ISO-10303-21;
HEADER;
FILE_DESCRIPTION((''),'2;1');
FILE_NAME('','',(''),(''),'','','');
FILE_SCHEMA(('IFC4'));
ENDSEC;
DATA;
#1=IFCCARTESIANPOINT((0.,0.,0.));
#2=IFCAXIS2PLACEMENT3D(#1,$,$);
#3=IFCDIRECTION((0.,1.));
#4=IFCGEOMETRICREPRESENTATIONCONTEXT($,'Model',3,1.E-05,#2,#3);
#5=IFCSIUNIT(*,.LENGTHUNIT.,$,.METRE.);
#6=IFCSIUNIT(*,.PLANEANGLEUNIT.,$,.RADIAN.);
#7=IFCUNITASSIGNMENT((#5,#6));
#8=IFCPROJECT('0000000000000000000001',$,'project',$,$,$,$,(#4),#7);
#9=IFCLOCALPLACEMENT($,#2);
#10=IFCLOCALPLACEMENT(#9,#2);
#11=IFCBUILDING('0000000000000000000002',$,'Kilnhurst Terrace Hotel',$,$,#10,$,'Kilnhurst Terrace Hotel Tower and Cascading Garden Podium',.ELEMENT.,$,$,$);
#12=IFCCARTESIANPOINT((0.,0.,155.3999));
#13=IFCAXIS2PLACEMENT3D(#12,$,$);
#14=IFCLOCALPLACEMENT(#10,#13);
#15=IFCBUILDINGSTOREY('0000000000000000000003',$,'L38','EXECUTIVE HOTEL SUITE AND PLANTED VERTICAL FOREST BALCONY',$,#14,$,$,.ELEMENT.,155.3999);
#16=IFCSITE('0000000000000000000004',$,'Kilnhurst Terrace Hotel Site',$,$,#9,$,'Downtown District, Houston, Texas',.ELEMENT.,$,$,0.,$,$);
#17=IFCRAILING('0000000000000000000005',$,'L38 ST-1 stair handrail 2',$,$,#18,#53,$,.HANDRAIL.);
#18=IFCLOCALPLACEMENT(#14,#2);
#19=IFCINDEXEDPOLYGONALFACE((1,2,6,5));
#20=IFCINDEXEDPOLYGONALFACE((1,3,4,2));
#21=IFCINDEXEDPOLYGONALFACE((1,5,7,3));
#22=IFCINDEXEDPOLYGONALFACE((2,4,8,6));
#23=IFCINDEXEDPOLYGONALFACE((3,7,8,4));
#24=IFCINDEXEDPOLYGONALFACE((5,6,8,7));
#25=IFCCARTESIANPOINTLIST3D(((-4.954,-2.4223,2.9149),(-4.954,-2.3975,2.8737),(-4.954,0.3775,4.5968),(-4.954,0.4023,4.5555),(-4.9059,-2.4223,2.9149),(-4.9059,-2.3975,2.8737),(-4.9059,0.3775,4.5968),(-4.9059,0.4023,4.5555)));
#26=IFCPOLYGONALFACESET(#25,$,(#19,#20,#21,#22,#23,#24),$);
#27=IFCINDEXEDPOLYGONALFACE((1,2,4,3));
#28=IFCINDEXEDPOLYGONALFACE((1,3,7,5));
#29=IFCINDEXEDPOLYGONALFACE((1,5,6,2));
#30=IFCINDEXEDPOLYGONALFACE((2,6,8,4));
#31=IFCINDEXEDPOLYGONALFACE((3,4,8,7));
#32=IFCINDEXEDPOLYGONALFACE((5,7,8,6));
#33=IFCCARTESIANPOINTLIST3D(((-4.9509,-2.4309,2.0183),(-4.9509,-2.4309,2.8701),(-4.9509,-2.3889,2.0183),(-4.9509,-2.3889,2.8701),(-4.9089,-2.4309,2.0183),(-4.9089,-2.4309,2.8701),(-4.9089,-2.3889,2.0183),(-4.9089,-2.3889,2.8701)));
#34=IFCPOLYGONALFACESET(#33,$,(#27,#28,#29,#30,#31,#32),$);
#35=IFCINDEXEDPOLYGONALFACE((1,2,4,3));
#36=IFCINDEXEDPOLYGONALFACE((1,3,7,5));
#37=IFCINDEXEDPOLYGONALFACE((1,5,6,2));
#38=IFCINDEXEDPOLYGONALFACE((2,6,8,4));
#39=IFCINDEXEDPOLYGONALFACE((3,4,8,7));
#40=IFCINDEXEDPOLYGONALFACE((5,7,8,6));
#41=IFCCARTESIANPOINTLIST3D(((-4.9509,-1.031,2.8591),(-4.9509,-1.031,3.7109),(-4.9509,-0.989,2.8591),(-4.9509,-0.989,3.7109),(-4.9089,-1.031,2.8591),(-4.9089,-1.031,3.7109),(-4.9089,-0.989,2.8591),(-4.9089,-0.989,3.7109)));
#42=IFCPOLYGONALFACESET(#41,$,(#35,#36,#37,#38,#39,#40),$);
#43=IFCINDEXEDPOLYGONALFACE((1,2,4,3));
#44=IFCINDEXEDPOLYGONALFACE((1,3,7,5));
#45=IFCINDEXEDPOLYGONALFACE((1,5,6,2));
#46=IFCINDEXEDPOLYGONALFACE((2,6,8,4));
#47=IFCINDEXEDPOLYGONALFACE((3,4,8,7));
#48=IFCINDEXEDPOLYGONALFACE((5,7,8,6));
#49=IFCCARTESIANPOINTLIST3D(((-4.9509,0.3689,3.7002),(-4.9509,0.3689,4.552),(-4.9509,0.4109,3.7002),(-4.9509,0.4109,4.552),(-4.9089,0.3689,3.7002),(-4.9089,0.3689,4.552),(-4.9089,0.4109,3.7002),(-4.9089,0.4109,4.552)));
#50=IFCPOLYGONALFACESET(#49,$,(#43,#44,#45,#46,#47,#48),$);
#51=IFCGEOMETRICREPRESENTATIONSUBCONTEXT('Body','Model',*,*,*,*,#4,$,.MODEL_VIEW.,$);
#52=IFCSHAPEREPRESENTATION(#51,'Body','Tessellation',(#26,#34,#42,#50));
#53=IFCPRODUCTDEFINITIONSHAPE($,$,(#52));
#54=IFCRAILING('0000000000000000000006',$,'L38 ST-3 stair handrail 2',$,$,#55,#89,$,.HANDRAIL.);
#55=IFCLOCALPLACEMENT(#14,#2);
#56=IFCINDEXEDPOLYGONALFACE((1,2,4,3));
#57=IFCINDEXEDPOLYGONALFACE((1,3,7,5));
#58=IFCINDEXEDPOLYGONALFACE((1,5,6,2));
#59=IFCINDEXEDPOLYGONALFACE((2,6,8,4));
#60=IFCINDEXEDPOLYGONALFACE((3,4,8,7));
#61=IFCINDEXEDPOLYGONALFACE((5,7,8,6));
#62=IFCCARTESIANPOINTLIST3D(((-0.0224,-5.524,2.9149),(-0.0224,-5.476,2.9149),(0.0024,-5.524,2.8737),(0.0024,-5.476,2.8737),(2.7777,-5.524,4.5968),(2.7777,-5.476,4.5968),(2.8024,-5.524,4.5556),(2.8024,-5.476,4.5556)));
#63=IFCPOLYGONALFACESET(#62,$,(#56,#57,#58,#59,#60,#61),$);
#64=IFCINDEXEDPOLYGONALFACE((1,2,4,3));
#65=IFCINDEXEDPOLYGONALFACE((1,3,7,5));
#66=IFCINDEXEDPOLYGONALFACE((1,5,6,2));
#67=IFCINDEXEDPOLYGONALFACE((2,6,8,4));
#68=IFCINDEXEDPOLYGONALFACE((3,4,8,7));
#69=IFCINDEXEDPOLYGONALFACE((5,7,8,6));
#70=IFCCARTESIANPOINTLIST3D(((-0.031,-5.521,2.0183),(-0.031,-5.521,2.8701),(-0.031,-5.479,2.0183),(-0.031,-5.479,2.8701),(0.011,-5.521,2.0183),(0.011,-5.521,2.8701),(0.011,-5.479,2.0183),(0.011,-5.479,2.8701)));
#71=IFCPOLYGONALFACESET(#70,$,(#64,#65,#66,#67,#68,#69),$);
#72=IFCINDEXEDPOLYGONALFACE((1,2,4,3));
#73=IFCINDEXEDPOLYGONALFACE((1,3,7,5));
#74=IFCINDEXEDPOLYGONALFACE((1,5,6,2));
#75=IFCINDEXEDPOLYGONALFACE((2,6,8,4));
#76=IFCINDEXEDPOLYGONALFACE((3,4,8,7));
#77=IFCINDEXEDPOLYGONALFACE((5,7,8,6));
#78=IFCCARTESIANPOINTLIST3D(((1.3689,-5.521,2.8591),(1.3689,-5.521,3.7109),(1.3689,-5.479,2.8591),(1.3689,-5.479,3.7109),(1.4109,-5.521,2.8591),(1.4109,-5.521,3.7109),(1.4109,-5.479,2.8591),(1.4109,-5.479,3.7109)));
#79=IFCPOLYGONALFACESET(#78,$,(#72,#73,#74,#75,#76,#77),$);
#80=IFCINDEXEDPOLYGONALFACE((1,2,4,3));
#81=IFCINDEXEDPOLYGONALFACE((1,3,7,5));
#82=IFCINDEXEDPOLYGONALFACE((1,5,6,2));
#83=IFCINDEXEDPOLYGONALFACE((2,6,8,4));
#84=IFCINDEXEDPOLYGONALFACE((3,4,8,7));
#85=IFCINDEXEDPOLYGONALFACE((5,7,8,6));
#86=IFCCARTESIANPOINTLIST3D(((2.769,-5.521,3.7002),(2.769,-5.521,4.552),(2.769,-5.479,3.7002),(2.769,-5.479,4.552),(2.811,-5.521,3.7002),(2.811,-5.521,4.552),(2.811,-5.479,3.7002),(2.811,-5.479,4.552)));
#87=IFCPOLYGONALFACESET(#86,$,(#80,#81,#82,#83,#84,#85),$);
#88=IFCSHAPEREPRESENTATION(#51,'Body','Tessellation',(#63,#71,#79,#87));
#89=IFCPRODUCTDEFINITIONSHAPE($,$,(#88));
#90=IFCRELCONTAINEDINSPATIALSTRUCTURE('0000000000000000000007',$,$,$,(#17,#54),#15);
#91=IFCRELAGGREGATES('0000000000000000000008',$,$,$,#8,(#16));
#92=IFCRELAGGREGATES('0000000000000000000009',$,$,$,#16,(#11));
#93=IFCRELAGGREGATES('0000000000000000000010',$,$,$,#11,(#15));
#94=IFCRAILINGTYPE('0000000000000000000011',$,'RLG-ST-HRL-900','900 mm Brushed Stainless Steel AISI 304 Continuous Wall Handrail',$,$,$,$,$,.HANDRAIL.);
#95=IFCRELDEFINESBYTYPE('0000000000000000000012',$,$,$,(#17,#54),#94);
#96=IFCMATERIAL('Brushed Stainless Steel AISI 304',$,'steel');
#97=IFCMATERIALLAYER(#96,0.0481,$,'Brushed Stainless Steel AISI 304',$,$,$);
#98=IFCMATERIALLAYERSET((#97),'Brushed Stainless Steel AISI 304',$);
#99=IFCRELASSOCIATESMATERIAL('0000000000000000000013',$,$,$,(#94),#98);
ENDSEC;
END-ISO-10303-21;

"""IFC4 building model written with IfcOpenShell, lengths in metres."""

from ifc_helpers import new_model, si_unit, direction, frame, origin, origin_2d, place, context, subcontext, project, spatial, rectangle, extrude, material, layer, layer_set, type_object, element, save


model = new_model("IFC4")

# Units and contexts
model_context = context("Model", 3, precision=1e-05, world=origin(), true_north=direction((0.0, 1.0)))
body_context = subcontext(model_context, "Body", "Model", "MODEL_VIEW")
ifc_project = project(units=[si_unit("LENGTHUNIT", "METRE"), si_unit("PLANEANGLEUNIT", "RADIAN")], contexts=[model_context])

# Site, building, storey
site_placement = place(None, origin())
site = spatial("IfcSite", under=ifc_project, at=site_placement, Name="Kilnhurst Terrace Hotel Site", LongName="Downtown District, Houston, Texas", CompositionType="ELEMENT", RefElevation=0.0)
building_placement = place(site_placement, origin())
building = spatial("IfcBuilding", under=site, at=building_placement, Name="Kilnhurst Terrace Hotel", LongName="Kilnhurst Terrace Hotel Tower and Cascading Garden Podium", CompositionType="ELEMENT")
storey_placement = place(building_placement, frame((0.0, 0.0, 155.3999)))
storey = spatial("IfcBuildingStorey", under=building, at=storey_placement, Name="L38", Description="EXECUTIVE HOTEL SUITE AND PLANTED VERTICAL FOREST BALCONY", CompositionType="ELEMENT", Elevation=155.3999)

# Railings
ifc_material_1 = material(Name="Brushed Stainless Steel AISI 304", Category="steel")
ifc_layer_1 = layer(ifc_material_1, 0.0481, Name="Brushed Stainless Steel AISI 304")
ifc_layer_set_1 = layer_set([ifc_layer_1], Name="Brushed Stainless Steel AISI 304")
railing_type_1 = type_object("IfcRailingType", Name="RLG-ST-HRL-900", Description="900 mm Brushed Stainless Steel AISI 304 Continuous Wall Handrail", PredefinedType="HANDRAIL", material=ifc_layer_set_1)
railing_1_placement = place(storey_placement, frame((-4.9299, -2.4099, 2.0183)))
element("IfcRailing", 1, at=railing_1_placement, inside=storey, type_object=railing_type_1, Name="L38 ST-1 stair handrail 2", PredefinedType="HANDRAIL", context=body_context, shape_type="SweptSolid", body=[
    extrude(rectangle(XDim=0.0481, YDim=0.0481, at=origin_2d()), frame((0.0, 0.0, 0.876), z_axis=(0.0, 0.857222, 0.514946), x_axis=(-1.0, 0.0, 0.0)), (0.0, 0.0, 1.0), 3.2661),
    extrude(rectangle(XDim=0.042, YDim=0.042, at=origin_2d()), origin(), (0.0, 0.0, 1.0), 0.8518),
    extrude(rectangle(XDim=0.042, YDim=0.042, at=origin_2d()), frame((0.0, 1.3999, 0.8408)), (0.0, 0.0, 1.0), 0.8518),
    extrude(rectangle(XDim=0.042, YDim=0.042, at=origin_2d()), frame((0.0, 2.7998, 1.6819)), (0.0, 0.0, 1.0), 0.8518),
])
railing_2_placement = place(storey_placement, frame((-0.01, -5.5, 2.0183)))
element("IfcRailing", 2, at=railing_2_placement, inside=storey, type_object=railing_type_1, Name="L38 ST-3 stair handrail 2", PredefinedType="HANDRAIL", context=body_context, shape_type="SweptSolid", body=[
    extrude(rectangle(XDim=0.0481, YDim=0.0481, at=origin_2d()), frame((0.0, 0.0, 0.876), z_axis=(0.857242, 0.0, 0.514913), x_axis=(0.0, 1.0, 0.0)), (0.0, 0.0, 1.0), 3.2664),
    extrude(rectangle(XDim=0.042, YDim=0.042, at=origin_2d()), origin(), (0.0, 0.0, 1.0), 0.8518),
    extrude(rectangle(XDim=0.042, YDim=0.042, at=origin_2d()), frame((1.3999, 0.0, 0.8408)), (0.0, 0.0, 1.0), 0.8518),
    extrude(rectangle(XDim=0.042, YDim=0.042, at=origin_2d()), frame((2.8, 0.0, 1.6819)), (0.0, 0.0, 1.0), 0.8518),
])

save(model, "model.ifc")
